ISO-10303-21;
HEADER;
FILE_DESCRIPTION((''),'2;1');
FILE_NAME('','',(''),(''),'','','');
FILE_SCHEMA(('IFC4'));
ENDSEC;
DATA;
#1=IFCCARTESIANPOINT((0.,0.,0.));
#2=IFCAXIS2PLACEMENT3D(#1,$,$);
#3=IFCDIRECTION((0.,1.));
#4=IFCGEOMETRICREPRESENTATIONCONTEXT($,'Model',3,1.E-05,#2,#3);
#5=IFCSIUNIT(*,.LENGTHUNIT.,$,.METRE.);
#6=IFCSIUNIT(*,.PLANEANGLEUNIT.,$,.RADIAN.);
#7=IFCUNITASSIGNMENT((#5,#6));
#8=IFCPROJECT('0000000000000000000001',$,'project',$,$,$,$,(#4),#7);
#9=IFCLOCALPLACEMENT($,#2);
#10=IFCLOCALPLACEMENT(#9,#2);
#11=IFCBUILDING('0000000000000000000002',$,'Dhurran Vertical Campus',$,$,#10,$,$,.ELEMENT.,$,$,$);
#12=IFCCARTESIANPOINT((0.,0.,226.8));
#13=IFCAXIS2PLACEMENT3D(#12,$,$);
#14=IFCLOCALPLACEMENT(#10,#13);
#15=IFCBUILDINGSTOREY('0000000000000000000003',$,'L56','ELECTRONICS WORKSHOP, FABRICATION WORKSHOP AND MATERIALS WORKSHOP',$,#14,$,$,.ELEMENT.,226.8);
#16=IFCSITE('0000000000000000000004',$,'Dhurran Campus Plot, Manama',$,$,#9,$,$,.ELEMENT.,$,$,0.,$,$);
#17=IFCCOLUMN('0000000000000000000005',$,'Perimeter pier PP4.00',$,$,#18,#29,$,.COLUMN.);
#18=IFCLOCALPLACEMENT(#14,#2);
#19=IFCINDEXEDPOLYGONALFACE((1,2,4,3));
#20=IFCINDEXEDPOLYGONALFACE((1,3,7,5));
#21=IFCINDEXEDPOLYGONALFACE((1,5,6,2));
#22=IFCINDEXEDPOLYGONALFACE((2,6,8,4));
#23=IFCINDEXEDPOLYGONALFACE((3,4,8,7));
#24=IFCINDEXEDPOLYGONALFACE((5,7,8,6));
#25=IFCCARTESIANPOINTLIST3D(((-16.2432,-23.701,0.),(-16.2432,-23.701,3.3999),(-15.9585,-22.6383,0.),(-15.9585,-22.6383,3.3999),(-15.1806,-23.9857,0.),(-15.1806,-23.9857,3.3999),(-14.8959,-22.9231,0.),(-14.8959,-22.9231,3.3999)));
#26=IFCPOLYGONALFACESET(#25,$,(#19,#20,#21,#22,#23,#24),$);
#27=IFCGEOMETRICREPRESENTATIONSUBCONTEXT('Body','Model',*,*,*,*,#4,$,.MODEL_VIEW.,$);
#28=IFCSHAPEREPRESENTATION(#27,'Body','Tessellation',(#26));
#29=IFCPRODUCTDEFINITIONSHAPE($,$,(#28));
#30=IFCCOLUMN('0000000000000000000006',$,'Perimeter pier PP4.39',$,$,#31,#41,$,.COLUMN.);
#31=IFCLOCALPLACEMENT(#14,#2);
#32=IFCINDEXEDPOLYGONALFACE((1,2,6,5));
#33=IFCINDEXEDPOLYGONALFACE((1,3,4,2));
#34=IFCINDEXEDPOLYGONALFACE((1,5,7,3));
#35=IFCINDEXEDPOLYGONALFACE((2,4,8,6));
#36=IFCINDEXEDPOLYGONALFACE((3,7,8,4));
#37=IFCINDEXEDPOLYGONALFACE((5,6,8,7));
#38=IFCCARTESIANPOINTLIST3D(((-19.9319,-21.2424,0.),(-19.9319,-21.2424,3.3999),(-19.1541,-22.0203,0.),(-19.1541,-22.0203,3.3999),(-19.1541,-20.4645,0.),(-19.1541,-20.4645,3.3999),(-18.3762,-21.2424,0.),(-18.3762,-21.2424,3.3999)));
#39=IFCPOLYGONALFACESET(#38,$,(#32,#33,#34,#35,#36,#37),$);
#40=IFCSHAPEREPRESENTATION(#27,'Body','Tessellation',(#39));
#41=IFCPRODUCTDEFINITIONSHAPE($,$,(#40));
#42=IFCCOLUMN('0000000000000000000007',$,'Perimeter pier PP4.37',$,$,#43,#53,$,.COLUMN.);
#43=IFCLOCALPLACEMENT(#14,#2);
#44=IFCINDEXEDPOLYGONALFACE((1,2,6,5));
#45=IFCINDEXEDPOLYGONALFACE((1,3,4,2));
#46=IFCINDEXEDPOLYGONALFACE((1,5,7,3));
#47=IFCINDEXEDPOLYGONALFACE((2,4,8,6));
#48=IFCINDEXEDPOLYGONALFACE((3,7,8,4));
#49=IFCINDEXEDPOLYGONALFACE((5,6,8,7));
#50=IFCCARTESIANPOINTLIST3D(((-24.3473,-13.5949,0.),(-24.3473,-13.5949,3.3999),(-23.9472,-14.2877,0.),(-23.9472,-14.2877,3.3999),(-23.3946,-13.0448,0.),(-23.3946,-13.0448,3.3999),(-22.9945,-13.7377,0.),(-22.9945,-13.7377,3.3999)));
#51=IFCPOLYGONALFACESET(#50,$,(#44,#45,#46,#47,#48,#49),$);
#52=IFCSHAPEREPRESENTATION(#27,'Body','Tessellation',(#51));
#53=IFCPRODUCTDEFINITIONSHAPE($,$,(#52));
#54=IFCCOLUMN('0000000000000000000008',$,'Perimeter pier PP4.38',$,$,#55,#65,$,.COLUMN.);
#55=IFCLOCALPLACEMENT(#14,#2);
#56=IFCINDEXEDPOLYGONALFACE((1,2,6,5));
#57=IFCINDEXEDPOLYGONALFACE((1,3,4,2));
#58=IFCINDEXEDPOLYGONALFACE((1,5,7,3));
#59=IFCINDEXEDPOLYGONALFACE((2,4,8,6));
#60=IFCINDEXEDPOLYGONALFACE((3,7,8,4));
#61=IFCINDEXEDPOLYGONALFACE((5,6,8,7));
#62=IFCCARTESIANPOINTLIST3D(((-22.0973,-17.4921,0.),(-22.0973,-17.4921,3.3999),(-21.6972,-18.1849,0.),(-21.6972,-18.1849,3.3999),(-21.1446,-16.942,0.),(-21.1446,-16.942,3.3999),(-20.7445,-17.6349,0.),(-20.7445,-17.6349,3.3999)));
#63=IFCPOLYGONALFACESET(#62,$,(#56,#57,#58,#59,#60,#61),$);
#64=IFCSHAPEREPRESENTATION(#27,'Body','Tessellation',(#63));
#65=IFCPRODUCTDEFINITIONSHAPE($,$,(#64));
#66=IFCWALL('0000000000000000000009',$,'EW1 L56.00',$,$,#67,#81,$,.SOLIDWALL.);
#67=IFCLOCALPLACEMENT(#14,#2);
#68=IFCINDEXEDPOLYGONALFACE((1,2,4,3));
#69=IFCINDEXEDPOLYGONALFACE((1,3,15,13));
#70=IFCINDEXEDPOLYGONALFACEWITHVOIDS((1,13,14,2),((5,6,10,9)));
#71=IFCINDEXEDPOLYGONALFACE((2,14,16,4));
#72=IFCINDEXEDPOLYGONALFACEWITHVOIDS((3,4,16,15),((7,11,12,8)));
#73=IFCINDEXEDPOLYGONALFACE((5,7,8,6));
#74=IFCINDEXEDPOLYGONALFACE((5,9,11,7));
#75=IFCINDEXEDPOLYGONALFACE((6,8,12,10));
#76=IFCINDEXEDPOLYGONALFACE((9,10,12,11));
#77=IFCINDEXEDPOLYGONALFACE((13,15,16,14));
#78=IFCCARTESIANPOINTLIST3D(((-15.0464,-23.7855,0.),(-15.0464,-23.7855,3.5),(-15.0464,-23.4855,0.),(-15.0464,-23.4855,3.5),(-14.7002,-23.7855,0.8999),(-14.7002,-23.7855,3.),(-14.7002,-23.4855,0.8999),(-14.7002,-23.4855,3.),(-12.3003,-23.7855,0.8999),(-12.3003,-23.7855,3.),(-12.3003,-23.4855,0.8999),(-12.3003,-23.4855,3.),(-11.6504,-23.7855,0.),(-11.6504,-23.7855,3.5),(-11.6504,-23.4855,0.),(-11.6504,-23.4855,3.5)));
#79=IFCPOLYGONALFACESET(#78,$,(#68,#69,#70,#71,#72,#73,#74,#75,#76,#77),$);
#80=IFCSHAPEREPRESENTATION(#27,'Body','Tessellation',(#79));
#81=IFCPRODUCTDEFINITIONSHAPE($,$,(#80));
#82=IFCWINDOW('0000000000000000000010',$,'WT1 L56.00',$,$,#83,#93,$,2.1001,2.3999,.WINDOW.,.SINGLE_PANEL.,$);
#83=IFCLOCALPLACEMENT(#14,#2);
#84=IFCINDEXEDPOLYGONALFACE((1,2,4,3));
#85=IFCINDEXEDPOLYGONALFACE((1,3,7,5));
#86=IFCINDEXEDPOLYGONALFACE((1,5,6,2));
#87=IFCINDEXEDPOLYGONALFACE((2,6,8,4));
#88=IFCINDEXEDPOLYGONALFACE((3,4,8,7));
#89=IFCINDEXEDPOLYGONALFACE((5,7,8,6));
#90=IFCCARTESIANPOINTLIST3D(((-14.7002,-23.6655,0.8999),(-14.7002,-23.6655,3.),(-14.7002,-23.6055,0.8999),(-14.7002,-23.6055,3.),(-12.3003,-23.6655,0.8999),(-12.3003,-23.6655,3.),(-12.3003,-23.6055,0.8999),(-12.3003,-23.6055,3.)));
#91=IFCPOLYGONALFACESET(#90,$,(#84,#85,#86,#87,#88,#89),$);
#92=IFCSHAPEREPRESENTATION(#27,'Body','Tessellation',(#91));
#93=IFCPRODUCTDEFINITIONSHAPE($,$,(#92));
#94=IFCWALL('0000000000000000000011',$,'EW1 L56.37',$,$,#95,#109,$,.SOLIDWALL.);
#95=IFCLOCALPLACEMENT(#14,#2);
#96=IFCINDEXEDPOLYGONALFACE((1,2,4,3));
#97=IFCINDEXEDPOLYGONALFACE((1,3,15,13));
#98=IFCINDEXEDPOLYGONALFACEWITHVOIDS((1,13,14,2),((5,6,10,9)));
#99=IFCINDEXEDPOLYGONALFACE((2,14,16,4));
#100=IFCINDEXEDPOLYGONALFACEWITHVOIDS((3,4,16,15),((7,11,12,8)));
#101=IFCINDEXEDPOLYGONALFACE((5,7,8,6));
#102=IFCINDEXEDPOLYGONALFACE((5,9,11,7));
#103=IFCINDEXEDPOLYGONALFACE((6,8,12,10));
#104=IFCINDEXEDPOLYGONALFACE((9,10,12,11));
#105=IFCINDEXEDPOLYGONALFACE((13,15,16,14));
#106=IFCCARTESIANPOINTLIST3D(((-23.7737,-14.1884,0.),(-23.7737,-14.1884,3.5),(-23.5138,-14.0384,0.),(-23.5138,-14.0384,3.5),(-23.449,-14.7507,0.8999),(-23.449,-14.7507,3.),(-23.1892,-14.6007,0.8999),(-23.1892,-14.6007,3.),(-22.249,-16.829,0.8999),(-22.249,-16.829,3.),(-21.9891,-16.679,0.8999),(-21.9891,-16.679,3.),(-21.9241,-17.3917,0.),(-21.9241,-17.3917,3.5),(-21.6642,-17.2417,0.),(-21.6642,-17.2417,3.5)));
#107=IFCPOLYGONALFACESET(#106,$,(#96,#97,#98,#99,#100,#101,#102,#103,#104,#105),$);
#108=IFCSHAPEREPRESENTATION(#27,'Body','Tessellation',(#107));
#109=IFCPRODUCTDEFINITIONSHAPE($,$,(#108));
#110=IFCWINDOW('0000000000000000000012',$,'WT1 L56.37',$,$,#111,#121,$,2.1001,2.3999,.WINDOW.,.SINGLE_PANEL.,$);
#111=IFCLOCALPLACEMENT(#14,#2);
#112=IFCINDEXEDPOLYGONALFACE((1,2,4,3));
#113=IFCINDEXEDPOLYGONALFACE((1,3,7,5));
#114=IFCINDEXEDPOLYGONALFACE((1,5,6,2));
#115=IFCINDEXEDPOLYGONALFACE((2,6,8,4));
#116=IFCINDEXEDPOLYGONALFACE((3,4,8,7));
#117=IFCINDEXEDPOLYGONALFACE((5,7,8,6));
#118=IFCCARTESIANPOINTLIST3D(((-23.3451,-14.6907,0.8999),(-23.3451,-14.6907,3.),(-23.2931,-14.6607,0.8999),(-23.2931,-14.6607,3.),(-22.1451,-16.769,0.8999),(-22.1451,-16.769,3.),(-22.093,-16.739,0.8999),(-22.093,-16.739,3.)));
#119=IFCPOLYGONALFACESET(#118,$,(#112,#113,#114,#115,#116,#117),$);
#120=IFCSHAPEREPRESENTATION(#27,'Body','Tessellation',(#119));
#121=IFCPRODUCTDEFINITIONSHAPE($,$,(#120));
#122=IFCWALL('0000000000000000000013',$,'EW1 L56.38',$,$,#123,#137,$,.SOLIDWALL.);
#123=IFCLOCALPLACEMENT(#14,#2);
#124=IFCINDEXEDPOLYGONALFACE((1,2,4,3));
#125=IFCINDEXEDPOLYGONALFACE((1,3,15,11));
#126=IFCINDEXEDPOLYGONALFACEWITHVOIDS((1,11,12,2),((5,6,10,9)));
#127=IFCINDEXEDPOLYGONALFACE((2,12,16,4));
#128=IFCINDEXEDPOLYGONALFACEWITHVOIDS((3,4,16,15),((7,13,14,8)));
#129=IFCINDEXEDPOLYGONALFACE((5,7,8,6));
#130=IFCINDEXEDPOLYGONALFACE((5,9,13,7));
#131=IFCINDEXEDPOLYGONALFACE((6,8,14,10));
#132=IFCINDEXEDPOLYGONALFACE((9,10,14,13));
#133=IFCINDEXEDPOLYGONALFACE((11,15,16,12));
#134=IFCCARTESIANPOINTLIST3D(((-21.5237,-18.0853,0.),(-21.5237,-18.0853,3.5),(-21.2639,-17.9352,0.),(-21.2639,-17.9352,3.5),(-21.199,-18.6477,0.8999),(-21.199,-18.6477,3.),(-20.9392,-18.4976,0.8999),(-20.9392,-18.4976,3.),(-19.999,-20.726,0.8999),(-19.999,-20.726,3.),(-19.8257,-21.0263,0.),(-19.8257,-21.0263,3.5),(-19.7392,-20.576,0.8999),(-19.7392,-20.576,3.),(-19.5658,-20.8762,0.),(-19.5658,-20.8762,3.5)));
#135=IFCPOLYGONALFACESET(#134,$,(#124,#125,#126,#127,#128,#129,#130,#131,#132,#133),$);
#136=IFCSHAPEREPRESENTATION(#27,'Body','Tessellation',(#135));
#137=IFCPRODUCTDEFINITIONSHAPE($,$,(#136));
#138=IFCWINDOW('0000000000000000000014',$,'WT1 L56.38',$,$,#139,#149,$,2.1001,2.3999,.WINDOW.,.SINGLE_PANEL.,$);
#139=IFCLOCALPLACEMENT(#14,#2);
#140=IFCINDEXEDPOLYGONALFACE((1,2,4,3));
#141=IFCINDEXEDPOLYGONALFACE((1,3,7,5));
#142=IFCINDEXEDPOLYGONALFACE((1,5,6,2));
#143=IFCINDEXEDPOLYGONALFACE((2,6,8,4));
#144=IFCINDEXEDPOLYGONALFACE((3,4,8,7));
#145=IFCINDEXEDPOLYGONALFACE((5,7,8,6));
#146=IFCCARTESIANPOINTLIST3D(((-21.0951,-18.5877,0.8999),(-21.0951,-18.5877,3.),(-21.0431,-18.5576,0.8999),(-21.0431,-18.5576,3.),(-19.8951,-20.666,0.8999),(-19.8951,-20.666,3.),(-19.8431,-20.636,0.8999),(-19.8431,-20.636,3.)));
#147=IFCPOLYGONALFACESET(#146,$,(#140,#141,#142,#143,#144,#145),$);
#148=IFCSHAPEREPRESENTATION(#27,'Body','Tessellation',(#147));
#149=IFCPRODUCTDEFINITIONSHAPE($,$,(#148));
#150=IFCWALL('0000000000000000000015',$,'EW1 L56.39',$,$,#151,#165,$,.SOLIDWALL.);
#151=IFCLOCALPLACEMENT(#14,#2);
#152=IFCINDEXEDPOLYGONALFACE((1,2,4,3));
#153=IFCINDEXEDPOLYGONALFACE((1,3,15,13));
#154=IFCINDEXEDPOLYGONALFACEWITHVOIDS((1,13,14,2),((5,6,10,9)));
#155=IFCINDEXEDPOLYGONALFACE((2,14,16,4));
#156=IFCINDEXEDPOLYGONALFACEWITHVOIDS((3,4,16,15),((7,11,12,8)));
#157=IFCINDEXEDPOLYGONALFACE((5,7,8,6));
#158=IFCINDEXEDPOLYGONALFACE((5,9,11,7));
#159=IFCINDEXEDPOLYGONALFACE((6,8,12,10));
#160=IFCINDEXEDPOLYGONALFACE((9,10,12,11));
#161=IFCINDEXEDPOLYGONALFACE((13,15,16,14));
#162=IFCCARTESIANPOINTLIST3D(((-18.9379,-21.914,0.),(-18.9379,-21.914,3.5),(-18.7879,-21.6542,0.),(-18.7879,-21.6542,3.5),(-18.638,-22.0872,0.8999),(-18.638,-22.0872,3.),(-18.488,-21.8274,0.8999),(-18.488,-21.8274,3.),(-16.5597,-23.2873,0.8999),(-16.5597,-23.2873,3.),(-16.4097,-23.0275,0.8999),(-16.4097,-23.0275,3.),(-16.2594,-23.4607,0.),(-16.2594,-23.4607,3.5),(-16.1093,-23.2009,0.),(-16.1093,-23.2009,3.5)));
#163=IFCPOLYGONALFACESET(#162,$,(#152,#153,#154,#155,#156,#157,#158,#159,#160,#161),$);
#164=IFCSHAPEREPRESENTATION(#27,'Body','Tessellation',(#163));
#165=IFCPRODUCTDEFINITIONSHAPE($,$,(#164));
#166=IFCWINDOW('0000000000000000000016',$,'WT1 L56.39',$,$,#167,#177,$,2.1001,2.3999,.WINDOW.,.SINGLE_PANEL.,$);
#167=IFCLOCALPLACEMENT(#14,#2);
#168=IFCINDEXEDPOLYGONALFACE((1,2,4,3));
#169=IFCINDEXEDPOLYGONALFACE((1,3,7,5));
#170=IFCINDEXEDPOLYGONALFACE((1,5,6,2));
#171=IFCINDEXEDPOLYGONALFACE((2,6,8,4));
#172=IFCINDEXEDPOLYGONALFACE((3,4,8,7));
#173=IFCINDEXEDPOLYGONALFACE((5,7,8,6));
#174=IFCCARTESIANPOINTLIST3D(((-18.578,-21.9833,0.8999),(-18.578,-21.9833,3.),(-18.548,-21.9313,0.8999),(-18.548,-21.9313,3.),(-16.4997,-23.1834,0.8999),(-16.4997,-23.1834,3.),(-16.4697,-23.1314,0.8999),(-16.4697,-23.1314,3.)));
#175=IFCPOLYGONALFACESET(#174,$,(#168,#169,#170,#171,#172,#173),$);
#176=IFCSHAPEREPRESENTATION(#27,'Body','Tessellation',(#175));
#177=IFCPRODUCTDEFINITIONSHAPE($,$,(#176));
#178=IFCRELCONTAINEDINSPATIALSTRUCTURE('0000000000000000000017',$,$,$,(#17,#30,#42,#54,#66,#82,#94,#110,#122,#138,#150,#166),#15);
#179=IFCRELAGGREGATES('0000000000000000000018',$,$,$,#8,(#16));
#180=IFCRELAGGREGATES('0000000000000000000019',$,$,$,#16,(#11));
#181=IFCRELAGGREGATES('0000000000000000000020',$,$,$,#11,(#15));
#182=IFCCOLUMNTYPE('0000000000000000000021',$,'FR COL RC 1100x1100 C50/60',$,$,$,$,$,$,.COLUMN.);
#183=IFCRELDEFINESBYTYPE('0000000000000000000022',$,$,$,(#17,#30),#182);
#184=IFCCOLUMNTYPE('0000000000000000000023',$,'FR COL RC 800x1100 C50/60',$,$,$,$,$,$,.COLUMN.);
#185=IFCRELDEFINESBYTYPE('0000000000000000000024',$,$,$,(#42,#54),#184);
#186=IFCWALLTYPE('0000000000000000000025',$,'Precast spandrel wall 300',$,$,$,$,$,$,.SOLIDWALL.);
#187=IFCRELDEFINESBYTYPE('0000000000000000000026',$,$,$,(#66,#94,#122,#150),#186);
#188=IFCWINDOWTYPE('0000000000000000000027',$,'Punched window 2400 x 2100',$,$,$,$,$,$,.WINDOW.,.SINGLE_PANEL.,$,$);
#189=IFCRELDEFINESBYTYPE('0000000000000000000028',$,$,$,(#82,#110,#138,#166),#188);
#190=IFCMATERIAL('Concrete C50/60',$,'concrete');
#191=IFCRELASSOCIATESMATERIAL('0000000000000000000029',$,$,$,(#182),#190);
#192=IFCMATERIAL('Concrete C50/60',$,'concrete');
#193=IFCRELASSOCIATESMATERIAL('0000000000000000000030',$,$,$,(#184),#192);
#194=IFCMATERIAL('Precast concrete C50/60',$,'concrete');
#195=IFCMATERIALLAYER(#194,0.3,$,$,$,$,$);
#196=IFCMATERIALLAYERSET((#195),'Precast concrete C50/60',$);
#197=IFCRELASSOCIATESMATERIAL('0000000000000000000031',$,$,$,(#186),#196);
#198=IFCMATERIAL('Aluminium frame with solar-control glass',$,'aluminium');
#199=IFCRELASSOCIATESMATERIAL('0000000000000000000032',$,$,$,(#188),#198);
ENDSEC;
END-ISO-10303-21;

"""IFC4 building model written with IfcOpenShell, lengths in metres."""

from ifc_helpers import new_model, si_unit, direction, frame, frame_2d, origin, origin_2d, place, context, subcontext, project, spatial, rectangle, extrude, material, layer, layer_set, material_profile, profile_set, type_object, element, fill, save


model = new_model("IFC4")

# Units and contexts
model_context = context("Model", 3, precision=1e-05, world=origin(), true_north=direction((0.0, 1.0)))
body_context = subcontext(model_context, "Body", "Model", "MODEL_VIEW")
ifc_project = project(units=[si_unit("LENGTHUNIT", "METRE"), si_unit("PLANEANGLEUNIT", "RADIAN")], contexts=[model_context])

# Site, building, storey
site_placement = place(None, origin())
site = spatial("IfcSite", under=ifc_project, at=site_placement, Name="Dhurran Campus Plot, Manama", CompositionType="ELEMENT", RefElevation=0.0)
building_placement = place(site_placement, origin())
building = spatial("IfcBuilding", under=site, at=building_placement, Name="Dhurran Vertical Campus", CompositionType="ELEMENT")
storey_placement = place(building_placement, frame((0.0, 0.0, 226.8)))
storey = spatial("IfcBuildingStorey", under=building, at=storey_placement, Name="L56", Description="ELECTRONICS WORKSHOP, FABRICATION WORKSHOP AND MATERIALS WORKSHOP", CompositionType="ELEMENT", Elevation=226.8)

# Columns
ifc_material_1 = material(Name="Concrete C50/60", Category="concrete")
ifc_material_profile_1 = material_profile(ifc_material_1, rectangle(XDim=1.1001, YDim=1.1001, at=origin_2d()), Name="RC 1100x1100")
ifc_profile_set_1 = profile_set([ifc_material_profile_1], Name="Concrete C50/60")
column_type_1 = type_object("IfcColumnType", Name="FR COL RC 1100x1100 C50/60", PredefinedType="COLUMN", material=ifc_profile_set_1)
for number, where, z_axis, x_axis, name in (
    (1, (-15.5696, -23.312, 0.0), (0.0, 0.0, 1.0), (0.965926, -0.258819, 0.0), "Perimeter pier PP4.00"),
    (2, (-19.1541, -21.2424, 0.0), (0.0, 0.0, 1.0), (0.707107, -0.707107, 0.0), "Perimeter pier PP4.39"),
):
    element("IfcColumn", number, at=place(storey_placement, frame(where, z_axis=z_axis, x_axis=x_axis)), inside=storey, type_object=column_type_1, Name=name, PredefinedType="COLUMN", context=body_context, shape_type="SweptSolid", body=[
        extrude(rectangle(XDim=1.1001, YDim=1.1001, at=origin_2d()), origin(), (0.0, 0.0, 1.0), 3.3999),
    ])
ifc_material_2 = material(Name="Concrete C50/60", Category="concrete")
ifc_material_profile_2 = material_profile(ifc_material_2, rectangle(XDim=0.8, YDim=1.1001, at=origin_2d()), Name="RC 800x1100")
ifc_profile_set_2 = profile_set([ifc_material_profile_2], Name="Concrete C50/60")
column_type_2 = type_object("IfcColumnType", Name="FR COL RC 800x1100 C50/60", PredefinedType="COLUMN", material=ifc_profile_set_2)
for number, where, z_axis, x_axis, name in (
    (3, (-23.6709, -13.6663, 0.0), (0.0, 0.0, 1.0), (0.5, -0.866025, 0.0), "Perimeter pier PP4.37"),
    (4, (-21.4209, -17.5635, 0.0), (0.0, 0.0, 1.0), (0.5, -0.866025, 0.0), "Perimeter pier PP4.38"),
):
    element("IfcColumn", number, at=place(storey_placement, frame(where, z_axis=z_axis, x_axis=x_axis)), inside=storey, type_object=column_type_2, Name=name, PredefinedType="COLUMN", context=body_context, shape_type="SweptSolid", body=[
        extrude(rectangle(XDim=0.8, YDim=1.1001, at=origin_2d()), origin(), (0.0, 0.0, 1.0), 3.3999),
    ])

# Walls, openings, windows
ifc_material_3 = material(Name="Precast concrete C50/60", Category="concrete")
ifc_layer_1 = layer(ifc_material_3, 0.3)
ifc_layer_set_1 = layer_set([ifc_layer_1], Name="Precast concrete C50/60")
wall_type_1 = type_object("IfcWallType", Name="Precast spandrel wall 300", PredefinedType="SOLIDWALL", material=ifc_layer_set_1)
wall_1_placement = place(storey_placement, frame((-15.0464, -23.6355, 0.0), z_axis=(0.0, 0.0, 1.0), x_axis=(1.0, 0.0, 0.0)))
wall_1 = element("IfcWall", 5, at=wall_1_placement, inside=storey, type_object=wall_type_1, Name="EW1 L56.00", PredefinedType="SOLIDWALL", context=body_context, shape_type="SweptSolid", body=[
    extrude(rectangle(XDim=3.396, YDim=0.3, at=frame_2d((1.698, 0.0))), origin(), (0.0, 0.0, 1.0), 3.5),
])
opening_1_placement = place(wall_1_placement, frame((0.3462, 0.0, 0.8999)))
opening_1 = element("IfcOpeningElement", 6, at=opening_1_placement, cuts=wall_1, PredefinedType="OPENING", context=body_context, shape_type="SweptSolid", body=[
    extrude(rectangle(XDim=2.3999, YDim=2.1001, at=frame_2d((1.2, 1.05))), frame((0.0, 0.1599, 0.0), z_axis=(0.0, -1.0, 0.0), x_axis=(1.0, 0.0, 0.0)), (0.0, 0.0, 1.0), 0.3201),
])
ifc_material_4 = material(Name="Aluminium frame with solar-control glass", Category="aluminium")
window_type = type_object("IfcWindowType", Name="Punched window 2400 x 2100", PartitioningType="SINGLE_PANEL", PredefinedType="WINDOW", material=ifc_material_4)
window_1_placement = place(opening_1_placement, origin())
window_1 = element("IfcWindow", 7, at=window_1_placement, inside=storey, type_object=window_type, Name="WT1 L56.00", OverallHeight=2.1001, OverallWidth=2.3999, PartitioningType="SINGLE_PANEL", PredefinedType="WINDOW", context=body_context, shape_type="SweptSolid", body=[
    extrude(rectangle(XDim=2.3999, YDim=2.1001, at=frame_2d((1.2, 1.05))), frame((0.0, 0.03, 0.0), z_axis=(0.0, -1.0, 0.0), x_axis=(1.0, 0.0, 0.0)), (0.0, 0.0, 1.0), 0.0601),
])
fill(opening_1, window_1)
wall_2_placement = place(storey_placement, frame((-23.6438, -14.1133, 0.0), z_axis=(0.0, 0.0, 1.0), x_axis=(0.500029, -0.866009, 0.0)))
wall_2 = element("IfcWall", 8, at=wall_2_placement, inside=storey, type_object=wall_type_1, Name="EW1 L56.37", PredefinedType="SOLIDWALL", context=body_context, shape_type="SweptSolid", body=[
    extrude(rectangle(XDim=3.699, YDim=0.3, at=frame_2d((1.8496, 0.0))), origin(), (0.0, 0.0, 1.0), 3.5),
])
opening_2_placement = place(wall_2_placement, frame((0.6494, 0.0, 0.8999)))
opening_2 = element("IfcOpeningElement", 9, at=opening_2_placement, cuts=wall_2, PredefinedType="OPENING", context=body_context, shape_type="SweptSolid", body=[
    extrude(rectangle(XDim=2.3999, YDim=2.1001, at=frame_2d((1.2, 1.05))), frame((0.0, 0.1599, 0.0), z_axis=(0.0, -1.0, 0.0), x_axis=(1.0, 0.0, 0.0)), (0.0, 0.0, 1.0), 0.3201),
])
window_2_placement = place(opening_2_placement, origin())
window_2 = element("IfcWindow", 10, at=window_2_placement, inside=storey, type_object=window_type, Name="WT1 L56.37", OverallHeight=2.1001, OverallWidth=2.3999, PartitioningType="SINGLE_PANEL", PredefinedType="WINDOW", context=body_context, shape_type="SweptSolid", body=[
    extrude(rectangle(XDim=2.3999, YDim=2.1001, at=frame_2d((1.2, 1.05))), frame((0.0, 0.03, 0.0), z_axis=(0.0, -1.0, 0.0), x_axis=(1.0, 0.0, 0.0)), (0.0, 0.0, 1.0), 0.0601),
])
fill(opening_2, window_2)
wall_3_placement = place(storey_placement, frame((-21.3938, -18.0103, 0.0), z_axis=(0.0, 0.0, 1.0), x_axis=(0.500013, -0.866018, 0.0)))
wall_3 = element("IfcWall", 11, at=wall_3_placement, inside=storey, type_object=wall_type_1, Name="EW1 L56.38", PredefinedType="SOLIDWALL", context=body_context, shape_type="SweptSolid", body=[
    extrude(rectangle(XDim=3.396, YDim=0.3, at=frame_2d((1.698, 0.0))), origin(), (0.0, 0.0, 1.0), 3.5),
])
opening_3_placement = place(wall_3_placement, frame((0.6494, 0.0, 0.8999)))
opening_3 = element("IfcOpeningElement", 12, at=opening_3_placement, cuts=wall_3, PredefinedType="OPENING", context=body_context, shape_type="SweptSolid", body=[
    extrude(rectangle(XDim=2.3999, YDim=2.1001, at=frame_2d((1.2, 1.05))), frame((0.0, 0.1599, 0.0), z_axis=(0.0, -1.0, 0.0), x_axis=(1.0, 0.0, 0.0)), (0.0, 0.0, 1.0), 0.3201),
])
window_3_placement = place(opening_3_placement, origin())
window_3 = element("IfcWindow", 13, at=window_3_placement, inside=storey, type_object=window_type, Name="WT1 L56.38", OverallHeight=2.1001, OverallWidth=2.3999, PartitioningType="SINGLE_PANEL", PredefinedType="WINDOW", context=body_context, shape_type="SweptSolid", body=[
    extrude(rectangle(XDim=2.3999, YDim=2.1001, at=frame_2d((1.2, 1.05))), frame((0.0, 0.03, 0.0), z_axis=(0.0, -1.0, 0.0), x_axis=(1.0, 0.0, 0.0)), (0.0, 0.0, 1.0), 0.0601),
])
fill(opening_3, window_3)
wall_4_placement = place(storey_placement, frame((-18.8628, -21.7842, 0.0), z_axis=(0.0, 0.0, 1.0), x_axis=(0.865995, -0.500053, 0.0)))
wall_4 = element("IfcWall", 14, at=wall_4_placement, inside=storey, type_object=wall_type_1, Name="EW1 L56.39", PredefinedType="SOLIDWALL", context=body_context, shape_type="SweptSolid", body=[
    extrude(rectangle(XDim=3.093, YDim=0.3, at=frame_2d((1.5464, 0.0))), origin(), (0.0, 0.0, 1.0), 3.5),
])
opening_4_placement = place(wall_4_placement, frame((0.3462, 0.0, 0.8999)))
opening_4 = element("IfcOpeningElement", 15, at=opening_4_placement, cuts=wall_4, PredefinedType="OPENING", context=body_context, shape_type="SweptSolid", body=[
    extrude(rectangle(XDim=2.3999, YDim=2.1001, at=frame_2d((1.2, 1.05))), frame((0.0, 0.1599, 0.0), z_axis=(0.0, -1.0, 0.0), x_axis=(1.0, 0.0, 0.0)), (0.0, 0.0, 1.0), 0.3201),
])
window_4_placement = place(opening_4_placement, origin())
window_4 = element("IfcWindow", 16, at=window_4_placement, inside=storey, type_object=window_type, Name="WT1 L56.39", OverallHeight=2.1001, OverallWidth=2.3999, PartitioningType="SINGLE_PANEL", PredefinedType="WINDOW", context=body_context, shape_type="SweptSolid", body=[
    extrude(rectangle(XDim=2.3999, YDim=2.1001, at=frame_2d((1.2, 1.05))), frame((0.0, 0.03, 0.0), z_axis=(0.0, -1.0, 0.0), x_axis=(1.0, 0.0, 0.0)), (0.0, 0.0, 1.0), 0.0601),
])
fill(opening_4, window_4)

save(model, "model.ifc")
